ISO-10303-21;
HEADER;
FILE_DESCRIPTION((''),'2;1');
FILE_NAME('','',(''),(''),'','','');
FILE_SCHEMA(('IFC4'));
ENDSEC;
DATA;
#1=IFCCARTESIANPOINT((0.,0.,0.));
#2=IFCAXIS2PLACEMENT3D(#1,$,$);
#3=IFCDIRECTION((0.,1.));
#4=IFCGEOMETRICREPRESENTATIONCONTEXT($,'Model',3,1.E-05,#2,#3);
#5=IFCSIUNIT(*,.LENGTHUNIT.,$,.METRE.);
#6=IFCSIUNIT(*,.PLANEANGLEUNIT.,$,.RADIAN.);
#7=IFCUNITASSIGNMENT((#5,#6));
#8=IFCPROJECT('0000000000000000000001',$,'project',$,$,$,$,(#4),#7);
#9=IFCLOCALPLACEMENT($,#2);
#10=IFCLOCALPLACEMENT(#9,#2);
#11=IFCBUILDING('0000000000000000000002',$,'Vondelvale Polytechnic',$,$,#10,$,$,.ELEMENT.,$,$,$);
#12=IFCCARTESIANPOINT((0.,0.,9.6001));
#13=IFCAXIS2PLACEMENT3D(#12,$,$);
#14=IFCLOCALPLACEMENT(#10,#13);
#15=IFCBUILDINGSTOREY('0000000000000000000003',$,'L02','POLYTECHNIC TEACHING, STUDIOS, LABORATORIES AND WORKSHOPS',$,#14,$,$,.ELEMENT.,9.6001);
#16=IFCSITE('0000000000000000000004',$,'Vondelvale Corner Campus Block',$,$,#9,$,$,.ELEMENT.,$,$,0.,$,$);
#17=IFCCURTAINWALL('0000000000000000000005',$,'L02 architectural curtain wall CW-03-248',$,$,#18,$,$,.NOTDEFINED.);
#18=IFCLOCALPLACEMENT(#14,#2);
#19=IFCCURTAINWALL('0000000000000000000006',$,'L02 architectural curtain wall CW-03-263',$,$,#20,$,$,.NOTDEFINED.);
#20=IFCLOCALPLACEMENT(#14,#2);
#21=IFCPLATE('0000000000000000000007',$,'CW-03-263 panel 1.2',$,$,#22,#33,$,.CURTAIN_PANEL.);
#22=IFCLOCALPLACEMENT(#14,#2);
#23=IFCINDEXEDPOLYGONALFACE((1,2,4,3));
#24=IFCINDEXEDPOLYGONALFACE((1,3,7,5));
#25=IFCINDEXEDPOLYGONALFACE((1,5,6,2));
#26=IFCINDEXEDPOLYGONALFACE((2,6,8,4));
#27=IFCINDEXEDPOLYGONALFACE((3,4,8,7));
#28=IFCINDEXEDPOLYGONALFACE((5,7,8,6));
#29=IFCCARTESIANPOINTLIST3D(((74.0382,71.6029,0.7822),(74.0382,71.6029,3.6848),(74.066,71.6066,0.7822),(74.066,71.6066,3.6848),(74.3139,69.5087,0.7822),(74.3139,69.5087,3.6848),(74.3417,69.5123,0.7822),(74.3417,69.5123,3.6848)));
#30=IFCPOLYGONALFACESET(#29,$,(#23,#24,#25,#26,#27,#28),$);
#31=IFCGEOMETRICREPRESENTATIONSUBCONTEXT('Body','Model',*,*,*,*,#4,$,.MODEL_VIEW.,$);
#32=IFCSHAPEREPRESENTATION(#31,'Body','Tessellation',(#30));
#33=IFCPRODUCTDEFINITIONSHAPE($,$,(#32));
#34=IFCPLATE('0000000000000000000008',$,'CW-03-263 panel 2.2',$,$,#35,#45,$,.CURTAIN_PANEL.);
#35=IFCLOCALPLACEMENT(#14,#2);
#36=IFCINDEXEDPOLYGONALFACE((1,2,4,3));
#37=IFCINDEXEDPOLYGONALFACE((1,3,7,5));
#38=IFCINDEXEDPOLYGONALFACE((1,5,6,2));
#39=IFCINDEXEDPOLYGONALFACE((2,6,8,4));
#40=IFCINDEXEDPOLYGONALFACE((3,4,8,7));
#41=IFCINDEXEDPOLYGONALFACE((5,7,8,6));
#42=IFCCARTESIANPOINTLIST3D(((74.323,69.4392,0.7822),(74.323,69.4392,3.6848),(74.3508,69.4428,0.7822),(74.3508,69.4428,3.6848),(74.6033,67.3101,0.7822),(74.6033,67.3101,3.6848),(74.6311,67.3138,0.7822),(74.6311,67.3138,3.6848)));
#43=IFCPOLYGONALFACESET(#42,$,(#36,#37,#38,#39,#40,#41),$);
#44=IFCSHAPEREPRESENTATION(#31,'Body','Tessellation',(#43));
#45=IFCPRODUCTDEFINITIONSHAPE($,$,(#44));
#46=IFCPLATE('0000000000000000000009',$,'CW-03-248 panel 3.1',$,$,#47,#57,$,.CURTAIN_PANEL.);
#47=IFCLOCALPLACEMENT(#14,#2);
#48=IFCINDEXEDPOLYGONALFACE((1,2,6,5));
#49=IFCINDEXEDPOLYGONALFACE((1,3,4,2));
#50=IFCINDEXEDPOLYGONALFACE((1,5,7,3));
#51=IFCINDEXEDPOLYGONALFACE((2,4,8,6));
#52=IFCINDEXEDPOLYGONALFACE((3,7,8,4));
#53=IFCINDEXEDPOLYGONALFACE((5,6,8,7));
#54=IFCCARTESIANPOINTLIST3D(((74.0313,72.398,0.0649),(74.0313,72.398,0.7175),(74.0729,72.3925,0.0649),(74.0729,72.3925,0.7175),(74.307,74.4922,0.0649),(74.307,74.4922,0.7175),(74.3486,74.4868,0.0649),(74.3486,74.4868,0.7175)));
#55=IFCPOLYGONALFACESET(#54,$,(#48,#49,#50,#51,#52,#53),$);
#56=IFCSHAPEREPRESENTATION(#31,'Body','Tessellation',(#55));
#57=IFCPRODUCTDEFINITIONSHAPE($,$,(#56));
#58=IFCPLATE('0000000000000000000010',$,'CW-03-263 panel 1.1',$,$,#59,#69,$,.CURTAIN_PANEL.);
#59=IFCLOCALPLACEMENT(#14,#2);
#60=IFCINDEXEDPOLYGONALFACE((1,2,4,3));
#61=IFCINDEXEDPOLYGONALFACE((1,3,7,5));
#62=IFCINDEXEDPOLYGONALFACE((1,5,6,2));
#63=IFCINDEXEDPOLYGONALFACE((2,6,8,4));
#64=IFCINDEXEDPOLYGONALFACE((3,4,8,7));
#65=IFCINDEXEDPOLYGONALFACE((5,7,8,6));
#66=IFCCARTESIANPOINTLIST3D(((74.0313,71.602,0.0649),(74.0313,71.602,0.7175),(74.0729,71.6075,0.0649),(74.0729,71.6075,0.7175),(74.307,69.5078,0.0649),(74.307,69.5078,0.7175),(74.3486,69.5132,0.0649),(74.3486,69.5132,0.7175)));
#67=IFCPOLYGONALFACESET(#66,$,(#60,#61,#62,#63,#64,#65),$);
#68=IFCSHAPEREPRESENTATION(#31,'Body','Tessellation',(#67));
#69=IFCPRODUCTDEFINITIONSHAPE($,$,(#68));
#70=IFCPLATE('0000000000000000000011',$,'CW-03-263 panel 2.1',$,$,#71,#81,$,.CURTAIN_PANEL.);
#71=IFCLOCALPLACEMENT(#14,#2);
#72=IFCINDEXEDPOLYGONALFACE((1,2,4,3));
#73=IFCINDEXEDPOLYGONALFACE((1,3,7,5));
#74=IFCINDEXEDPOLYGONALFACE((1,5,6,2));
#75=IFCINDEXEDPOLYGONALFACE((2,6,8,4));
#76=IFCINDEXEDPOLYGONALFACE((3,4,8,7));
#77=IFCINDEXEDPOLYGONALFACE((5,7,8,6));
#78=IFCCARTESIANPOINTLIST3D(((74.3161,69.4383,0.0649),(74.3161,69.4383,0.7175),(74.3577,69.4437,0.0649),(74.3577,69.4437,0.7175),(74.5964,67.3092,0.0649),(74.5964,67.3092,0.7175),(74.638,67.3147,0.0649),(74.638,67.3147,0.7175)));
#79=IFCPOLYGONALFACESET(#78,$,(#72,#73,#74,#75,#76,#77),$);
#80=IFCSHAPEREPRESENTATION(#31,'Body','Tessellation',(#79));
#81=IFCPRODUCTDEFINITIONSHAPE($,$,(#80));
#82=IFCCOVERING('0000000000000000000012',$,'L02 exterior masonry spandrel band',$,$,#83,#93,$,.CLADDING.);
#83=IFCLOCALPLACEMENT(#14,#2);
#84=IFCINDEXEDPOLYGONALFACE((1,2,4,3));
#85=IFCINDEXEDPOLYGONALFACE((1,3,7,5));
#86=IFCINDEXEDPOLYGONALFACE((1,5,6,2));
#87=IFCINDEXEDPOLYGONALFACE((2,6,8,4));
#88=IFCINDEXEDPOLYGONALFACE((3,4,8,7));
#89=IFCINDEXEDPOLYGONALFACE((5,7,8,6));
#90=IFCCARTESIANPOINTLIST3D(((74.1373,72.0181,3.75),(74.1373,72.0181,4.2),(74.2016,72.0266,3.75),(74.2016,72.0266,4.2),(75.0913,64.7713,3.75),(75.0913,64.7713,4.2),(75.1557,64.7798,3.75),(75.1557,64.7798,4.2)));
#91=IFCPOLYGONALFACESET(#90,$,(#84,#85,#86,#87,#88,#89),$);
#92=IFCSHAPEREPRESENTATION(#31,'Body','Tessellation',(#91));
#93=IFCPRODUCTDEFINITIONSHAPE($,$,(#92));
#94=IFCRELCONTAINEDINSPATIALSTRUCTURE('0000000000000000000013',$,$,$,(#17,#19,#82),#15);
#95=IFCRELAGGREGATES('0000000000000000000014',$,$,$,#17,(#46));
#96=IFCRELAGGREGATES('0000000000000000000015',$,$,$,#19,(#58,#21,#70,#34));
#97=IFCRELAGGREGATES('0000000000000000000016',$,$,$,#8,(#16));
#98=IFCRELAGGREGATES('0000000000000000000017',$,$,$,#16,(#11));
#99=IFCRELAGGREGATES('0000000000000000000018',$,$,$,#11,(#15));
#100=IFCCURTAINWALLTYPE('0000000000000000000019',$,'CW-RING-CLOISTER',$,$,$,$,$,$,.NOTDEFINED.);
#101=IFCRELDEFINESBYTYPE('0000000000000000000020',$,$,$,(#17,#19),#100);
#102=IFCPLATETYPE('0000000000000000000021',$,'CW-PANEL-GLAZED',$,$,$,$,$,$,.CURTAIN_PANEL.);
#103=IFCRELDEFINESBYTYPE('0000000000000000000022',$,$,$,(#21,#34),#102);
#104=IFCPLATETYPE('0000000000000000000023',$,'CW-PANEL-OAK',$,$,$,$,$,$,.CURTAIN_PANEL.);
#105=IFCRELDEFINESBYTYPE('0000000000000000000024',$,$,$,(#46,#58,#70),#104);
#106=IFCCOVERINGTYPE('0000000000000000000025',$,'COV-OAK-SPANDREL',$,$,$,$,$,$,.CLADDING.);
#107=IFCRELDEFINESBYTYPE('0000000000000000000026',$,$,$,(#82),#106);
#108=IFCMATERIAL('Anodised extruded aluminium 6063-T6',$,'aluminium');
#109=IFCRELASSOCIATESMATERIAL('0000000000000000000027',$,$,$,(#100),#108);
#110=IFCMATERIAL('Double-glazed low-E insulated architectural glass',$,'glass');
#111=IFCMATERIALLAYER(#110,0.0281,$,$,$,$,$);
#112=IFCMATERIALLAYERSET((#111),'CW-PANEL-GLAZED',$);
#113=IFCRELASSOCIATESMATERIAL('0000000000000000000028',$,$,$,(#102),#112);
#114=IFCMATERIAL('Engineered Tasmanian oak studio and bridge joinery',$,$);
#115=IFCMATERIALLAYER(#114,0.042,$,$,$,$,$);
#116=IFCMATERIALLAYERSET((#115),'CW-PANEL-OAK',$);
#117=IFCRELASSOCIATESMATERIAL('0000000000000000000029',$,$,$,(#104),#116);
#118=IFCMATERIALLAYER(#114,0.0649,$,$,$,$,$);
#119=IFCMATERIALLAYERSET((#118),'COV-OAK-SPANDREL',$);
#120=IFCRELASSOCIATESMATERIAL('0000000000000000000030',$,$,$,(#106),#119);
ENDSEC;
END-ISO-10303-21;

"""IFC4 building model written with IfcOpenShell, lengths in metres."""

from ifc_helpers import new_model, si_unit, direction, frame, origin, origin_2d, place, context, subcontext, project, spatial, rectangle, extrude, material, layer, layer_set, type_object, element, aggregate, save


model = new_model("IFC4")

# Units and contexts
model_context = context("Model", 3, precision=1e-05, world=origin(), true_north=direction((0.0, 1.0)))
body_context = subcontext(model_context, "Body", "Model", "MODEL_VIEW")
ifc_project = project(units=[si_unit("LENGTHUNIT", "METRE"), si_unit("PLANEANGLEUNIT", "RADIAN")], contexts=[model_context])

# Site, building, storey
site_placement = place(None, origin())
site = spatial("IfcSite", under=ifc_project, at=site_placement, Name="Vondelvale Corner Campus Block", CompositionType="ELEMENT", RefElevation=0.0)
building_placement = place(site_placement, origin())
building = spatial("IfcBuilding", under=site, at=building_placement, Name="Vondelvale Polytechnic", CompositionType="ELEMENT")
storey_placement = place(building_placement, frame((0.0, 0.0, 9.6001)))
storey = spatial("IfcBuildingStorey", under=building, at=storey_placement, Name="L02", Description="POLYTECHNIC TEACHING, STUDIOS, LABORATORIES AND WORKSHOPS", CompositionType="ELEMENT", Elevation=9.6001)

# Curtain walls
ifc_material_1 = material(Name="Anodised extruded aluminium 6063-T6", Category="aluminium")
curtain_wall_type = type_object("IfcCurtainWallType", Name="CW-RING-CLOISTER", PredefinedType="NOTDEFINED", material=ifc_material_1)
curtain_wall_1_placement = place(storey_placement, origin())
curtain_wall_1 = element("IfcCurtainWall", 1, at=curtain_wall_1_placement, inside=storey, type_object=curtain_wall_type, Name="L02 architectural curtain wall CW-03-248", PredefinedType="NOTDEFINED")
curtain_wall_2_placement = place(storey_placement, origin())
curtain_wall_2 = element("IfcCurtainWall", 2, at=curtain_wall_2_placement, inside=storey, type_object=curtain_wall_type, Name="L02 architectural curtain wall CW-03-263", PredefinedType="NOTDEFINED")

# Plates
ifc_material_2 = material(Name="Double-glazed low-E insulated architectural glass", Category="glass")
ifc_layer_1 = layer(ifc_material_2, 0.0281)
ifc_layer_set_1 = layer_set([ifc_layer_1], Name="CW-PANEL-GLAZED")
plate_type_1 = type_object("IfcPlateType", Name="CW-PANEL-GLAZED", PredefinedType="CURTAIN_PANEL", material=ifc_layer_set_1)
plate_1_placement = place(storey_placement, frame((74.1899, 70.5576, 0.7822), z_axis=(0.0, 0.0, 1.0), x_axis=(0.130528, -0.991445, 0.0)))
plate_1 = element("IfcPlate", 3, at=plate_1_placement, type_object=plate_type_1, Name="CW-03-263 panel 1.2", PredefinedType="CURTAIN_PANEL", context=body_context, shape_type="SweptSolid", body=[
    extrude(rectangle(XDim=2.1123, YDim=0.0281, at=origin_2d()), origin(), (0.0, 0.0, 1.0), 2.9026),
])
plate_2_placement = place(storey_placement, frame((74.4771, 68.3765, 0.7822), z_axis=(0.0, 0.0, 1.0), x_axis=(0.130528, -0.991445, 0.0)))
plate_2 = element("IfcPlate", 4, at=plate_2_placement, type_object=plate_type_1, Name="CW-03-263 panel 2.2", PredefinedType="CURTAIN_PANEL", context=body_context, shape_type="SweptSolid", body=[
    extrude(rectangle(XDim=2.1475, YDim=0.0281, at=origin_2d()), origin(), (0.0, 0.0, 1.0), 2.9026),
])
ifc_material_3 = material(Name="Engineered Tasmanian oak studio and bridge joinery")
ifc_layer_2 = layer(ifc_material_3, 0.042)
ifc_layer_set_2 = layer_set([ifc_layer_2], Name="CW-PANEL-OAK")
plate_type_2 = type_object("IfcPlateType", Name="CW-PANEL-OAK", PredefinedType="CURTAIN_PANEL", material=ifc_layer_set_2)
plate_3_placement = place(storey_placement, frame((74.1899, 73.4424, 0.0649), z_axis=(0.0, 0.0, 1.0), x_axis=(-0.130528, -0.991445, 0.0)))
plate_3 = element("IfcPlate", 5, at=plate_3_placement, type_object=plate_type_2, Name="CW-03-248 panel 3.1", PredefinedType="CURTAIN_PANEL", context=body_context, shape_type="SweptSolid", body=[
    extrude(rectangle(XDim=2.1123, YDim=0.042, at=origin_2d()), origin(), (0.0, 0.0, 1.0), 0.6526),
])
aggregate(curtain_wall_1, [plate_3])
plate_4_placement = place(storey_placement, frame((74.1899, 70.5576, 0.0649), z_axis=(0.0, 0.0, 1.0), x_axis=(0.130528, -0.991445, 0.0)))
plate_4 = element("IfcPlate", 6, at=plate_4_placement, type_object=plate_type_2, Name="CW-03-263 panel 1.1", PredefinedType="CURTAIN_PANEL", context=body_context, shape_type="SweptSolid", body=[
    extrude(rectangle(XDim=2.1123, YDim=0.042, at=origin_2d()), origin(), (0.0, 0.0, 1.0), 0.6526),
])
plate_5_placement = place(storey_placement, frame((74.4771, 68.3765, 0.0649), z_axis=(0.0, 0.0, 1.0), x_axis=(0.130528, -0.991445, 0.0)))
plate_5 = element("IfcPlate", 7, at=plate_5_placement, type_object=plate_type_2, Name="CW-03-263 panel 2.1", PredefinedType="CURTAIN_PANEL", context=body_context, shape_type="SweptSolid", body=[
    extrude(rectangle(XDim=2.1475, YDim=0.042, at=origin_2d()), origin(), (0.0, 0.0, 1.0), 0.6526),
])
aggregate(curtain_wall_2, [plate_4, plate_1, plate_5, plate_2])

# Covering
ifc_layer_3 = layer(ifc_material_3, 0.0649)
ifc_layer_set_3 = layer_set([ifc_layer_3], Name="COV-OAK-SPANDREL")
covering_type = type_object("IfcCoveringType", Name="COV-OAK-SPANDREL", PredefinedType="CLADDING", material=ifc_layer_set_3)
covering_placement = place(storey_placement, frame((74.6465, 68.3989, 3.75), z_axis=(0.0, 0.0, 1.0), x_axis=(0.130526, -0.991445, 0.0)))
element("IfcCovering", 8, at=covering_placement, inside=storey, type_object=covering_type, Name="L02 exterior masonry spandrel band", PredefinedType="CLADDING", context=body_context, shape_type="SweptSolid", body=[
    extrude(rectangle(XDim=7.3093, YDim=0.0649, at=origin_2d()), origin(), (0.0, 0.0, 1.0), 0.45),
])

save(model, "model.ifc")
